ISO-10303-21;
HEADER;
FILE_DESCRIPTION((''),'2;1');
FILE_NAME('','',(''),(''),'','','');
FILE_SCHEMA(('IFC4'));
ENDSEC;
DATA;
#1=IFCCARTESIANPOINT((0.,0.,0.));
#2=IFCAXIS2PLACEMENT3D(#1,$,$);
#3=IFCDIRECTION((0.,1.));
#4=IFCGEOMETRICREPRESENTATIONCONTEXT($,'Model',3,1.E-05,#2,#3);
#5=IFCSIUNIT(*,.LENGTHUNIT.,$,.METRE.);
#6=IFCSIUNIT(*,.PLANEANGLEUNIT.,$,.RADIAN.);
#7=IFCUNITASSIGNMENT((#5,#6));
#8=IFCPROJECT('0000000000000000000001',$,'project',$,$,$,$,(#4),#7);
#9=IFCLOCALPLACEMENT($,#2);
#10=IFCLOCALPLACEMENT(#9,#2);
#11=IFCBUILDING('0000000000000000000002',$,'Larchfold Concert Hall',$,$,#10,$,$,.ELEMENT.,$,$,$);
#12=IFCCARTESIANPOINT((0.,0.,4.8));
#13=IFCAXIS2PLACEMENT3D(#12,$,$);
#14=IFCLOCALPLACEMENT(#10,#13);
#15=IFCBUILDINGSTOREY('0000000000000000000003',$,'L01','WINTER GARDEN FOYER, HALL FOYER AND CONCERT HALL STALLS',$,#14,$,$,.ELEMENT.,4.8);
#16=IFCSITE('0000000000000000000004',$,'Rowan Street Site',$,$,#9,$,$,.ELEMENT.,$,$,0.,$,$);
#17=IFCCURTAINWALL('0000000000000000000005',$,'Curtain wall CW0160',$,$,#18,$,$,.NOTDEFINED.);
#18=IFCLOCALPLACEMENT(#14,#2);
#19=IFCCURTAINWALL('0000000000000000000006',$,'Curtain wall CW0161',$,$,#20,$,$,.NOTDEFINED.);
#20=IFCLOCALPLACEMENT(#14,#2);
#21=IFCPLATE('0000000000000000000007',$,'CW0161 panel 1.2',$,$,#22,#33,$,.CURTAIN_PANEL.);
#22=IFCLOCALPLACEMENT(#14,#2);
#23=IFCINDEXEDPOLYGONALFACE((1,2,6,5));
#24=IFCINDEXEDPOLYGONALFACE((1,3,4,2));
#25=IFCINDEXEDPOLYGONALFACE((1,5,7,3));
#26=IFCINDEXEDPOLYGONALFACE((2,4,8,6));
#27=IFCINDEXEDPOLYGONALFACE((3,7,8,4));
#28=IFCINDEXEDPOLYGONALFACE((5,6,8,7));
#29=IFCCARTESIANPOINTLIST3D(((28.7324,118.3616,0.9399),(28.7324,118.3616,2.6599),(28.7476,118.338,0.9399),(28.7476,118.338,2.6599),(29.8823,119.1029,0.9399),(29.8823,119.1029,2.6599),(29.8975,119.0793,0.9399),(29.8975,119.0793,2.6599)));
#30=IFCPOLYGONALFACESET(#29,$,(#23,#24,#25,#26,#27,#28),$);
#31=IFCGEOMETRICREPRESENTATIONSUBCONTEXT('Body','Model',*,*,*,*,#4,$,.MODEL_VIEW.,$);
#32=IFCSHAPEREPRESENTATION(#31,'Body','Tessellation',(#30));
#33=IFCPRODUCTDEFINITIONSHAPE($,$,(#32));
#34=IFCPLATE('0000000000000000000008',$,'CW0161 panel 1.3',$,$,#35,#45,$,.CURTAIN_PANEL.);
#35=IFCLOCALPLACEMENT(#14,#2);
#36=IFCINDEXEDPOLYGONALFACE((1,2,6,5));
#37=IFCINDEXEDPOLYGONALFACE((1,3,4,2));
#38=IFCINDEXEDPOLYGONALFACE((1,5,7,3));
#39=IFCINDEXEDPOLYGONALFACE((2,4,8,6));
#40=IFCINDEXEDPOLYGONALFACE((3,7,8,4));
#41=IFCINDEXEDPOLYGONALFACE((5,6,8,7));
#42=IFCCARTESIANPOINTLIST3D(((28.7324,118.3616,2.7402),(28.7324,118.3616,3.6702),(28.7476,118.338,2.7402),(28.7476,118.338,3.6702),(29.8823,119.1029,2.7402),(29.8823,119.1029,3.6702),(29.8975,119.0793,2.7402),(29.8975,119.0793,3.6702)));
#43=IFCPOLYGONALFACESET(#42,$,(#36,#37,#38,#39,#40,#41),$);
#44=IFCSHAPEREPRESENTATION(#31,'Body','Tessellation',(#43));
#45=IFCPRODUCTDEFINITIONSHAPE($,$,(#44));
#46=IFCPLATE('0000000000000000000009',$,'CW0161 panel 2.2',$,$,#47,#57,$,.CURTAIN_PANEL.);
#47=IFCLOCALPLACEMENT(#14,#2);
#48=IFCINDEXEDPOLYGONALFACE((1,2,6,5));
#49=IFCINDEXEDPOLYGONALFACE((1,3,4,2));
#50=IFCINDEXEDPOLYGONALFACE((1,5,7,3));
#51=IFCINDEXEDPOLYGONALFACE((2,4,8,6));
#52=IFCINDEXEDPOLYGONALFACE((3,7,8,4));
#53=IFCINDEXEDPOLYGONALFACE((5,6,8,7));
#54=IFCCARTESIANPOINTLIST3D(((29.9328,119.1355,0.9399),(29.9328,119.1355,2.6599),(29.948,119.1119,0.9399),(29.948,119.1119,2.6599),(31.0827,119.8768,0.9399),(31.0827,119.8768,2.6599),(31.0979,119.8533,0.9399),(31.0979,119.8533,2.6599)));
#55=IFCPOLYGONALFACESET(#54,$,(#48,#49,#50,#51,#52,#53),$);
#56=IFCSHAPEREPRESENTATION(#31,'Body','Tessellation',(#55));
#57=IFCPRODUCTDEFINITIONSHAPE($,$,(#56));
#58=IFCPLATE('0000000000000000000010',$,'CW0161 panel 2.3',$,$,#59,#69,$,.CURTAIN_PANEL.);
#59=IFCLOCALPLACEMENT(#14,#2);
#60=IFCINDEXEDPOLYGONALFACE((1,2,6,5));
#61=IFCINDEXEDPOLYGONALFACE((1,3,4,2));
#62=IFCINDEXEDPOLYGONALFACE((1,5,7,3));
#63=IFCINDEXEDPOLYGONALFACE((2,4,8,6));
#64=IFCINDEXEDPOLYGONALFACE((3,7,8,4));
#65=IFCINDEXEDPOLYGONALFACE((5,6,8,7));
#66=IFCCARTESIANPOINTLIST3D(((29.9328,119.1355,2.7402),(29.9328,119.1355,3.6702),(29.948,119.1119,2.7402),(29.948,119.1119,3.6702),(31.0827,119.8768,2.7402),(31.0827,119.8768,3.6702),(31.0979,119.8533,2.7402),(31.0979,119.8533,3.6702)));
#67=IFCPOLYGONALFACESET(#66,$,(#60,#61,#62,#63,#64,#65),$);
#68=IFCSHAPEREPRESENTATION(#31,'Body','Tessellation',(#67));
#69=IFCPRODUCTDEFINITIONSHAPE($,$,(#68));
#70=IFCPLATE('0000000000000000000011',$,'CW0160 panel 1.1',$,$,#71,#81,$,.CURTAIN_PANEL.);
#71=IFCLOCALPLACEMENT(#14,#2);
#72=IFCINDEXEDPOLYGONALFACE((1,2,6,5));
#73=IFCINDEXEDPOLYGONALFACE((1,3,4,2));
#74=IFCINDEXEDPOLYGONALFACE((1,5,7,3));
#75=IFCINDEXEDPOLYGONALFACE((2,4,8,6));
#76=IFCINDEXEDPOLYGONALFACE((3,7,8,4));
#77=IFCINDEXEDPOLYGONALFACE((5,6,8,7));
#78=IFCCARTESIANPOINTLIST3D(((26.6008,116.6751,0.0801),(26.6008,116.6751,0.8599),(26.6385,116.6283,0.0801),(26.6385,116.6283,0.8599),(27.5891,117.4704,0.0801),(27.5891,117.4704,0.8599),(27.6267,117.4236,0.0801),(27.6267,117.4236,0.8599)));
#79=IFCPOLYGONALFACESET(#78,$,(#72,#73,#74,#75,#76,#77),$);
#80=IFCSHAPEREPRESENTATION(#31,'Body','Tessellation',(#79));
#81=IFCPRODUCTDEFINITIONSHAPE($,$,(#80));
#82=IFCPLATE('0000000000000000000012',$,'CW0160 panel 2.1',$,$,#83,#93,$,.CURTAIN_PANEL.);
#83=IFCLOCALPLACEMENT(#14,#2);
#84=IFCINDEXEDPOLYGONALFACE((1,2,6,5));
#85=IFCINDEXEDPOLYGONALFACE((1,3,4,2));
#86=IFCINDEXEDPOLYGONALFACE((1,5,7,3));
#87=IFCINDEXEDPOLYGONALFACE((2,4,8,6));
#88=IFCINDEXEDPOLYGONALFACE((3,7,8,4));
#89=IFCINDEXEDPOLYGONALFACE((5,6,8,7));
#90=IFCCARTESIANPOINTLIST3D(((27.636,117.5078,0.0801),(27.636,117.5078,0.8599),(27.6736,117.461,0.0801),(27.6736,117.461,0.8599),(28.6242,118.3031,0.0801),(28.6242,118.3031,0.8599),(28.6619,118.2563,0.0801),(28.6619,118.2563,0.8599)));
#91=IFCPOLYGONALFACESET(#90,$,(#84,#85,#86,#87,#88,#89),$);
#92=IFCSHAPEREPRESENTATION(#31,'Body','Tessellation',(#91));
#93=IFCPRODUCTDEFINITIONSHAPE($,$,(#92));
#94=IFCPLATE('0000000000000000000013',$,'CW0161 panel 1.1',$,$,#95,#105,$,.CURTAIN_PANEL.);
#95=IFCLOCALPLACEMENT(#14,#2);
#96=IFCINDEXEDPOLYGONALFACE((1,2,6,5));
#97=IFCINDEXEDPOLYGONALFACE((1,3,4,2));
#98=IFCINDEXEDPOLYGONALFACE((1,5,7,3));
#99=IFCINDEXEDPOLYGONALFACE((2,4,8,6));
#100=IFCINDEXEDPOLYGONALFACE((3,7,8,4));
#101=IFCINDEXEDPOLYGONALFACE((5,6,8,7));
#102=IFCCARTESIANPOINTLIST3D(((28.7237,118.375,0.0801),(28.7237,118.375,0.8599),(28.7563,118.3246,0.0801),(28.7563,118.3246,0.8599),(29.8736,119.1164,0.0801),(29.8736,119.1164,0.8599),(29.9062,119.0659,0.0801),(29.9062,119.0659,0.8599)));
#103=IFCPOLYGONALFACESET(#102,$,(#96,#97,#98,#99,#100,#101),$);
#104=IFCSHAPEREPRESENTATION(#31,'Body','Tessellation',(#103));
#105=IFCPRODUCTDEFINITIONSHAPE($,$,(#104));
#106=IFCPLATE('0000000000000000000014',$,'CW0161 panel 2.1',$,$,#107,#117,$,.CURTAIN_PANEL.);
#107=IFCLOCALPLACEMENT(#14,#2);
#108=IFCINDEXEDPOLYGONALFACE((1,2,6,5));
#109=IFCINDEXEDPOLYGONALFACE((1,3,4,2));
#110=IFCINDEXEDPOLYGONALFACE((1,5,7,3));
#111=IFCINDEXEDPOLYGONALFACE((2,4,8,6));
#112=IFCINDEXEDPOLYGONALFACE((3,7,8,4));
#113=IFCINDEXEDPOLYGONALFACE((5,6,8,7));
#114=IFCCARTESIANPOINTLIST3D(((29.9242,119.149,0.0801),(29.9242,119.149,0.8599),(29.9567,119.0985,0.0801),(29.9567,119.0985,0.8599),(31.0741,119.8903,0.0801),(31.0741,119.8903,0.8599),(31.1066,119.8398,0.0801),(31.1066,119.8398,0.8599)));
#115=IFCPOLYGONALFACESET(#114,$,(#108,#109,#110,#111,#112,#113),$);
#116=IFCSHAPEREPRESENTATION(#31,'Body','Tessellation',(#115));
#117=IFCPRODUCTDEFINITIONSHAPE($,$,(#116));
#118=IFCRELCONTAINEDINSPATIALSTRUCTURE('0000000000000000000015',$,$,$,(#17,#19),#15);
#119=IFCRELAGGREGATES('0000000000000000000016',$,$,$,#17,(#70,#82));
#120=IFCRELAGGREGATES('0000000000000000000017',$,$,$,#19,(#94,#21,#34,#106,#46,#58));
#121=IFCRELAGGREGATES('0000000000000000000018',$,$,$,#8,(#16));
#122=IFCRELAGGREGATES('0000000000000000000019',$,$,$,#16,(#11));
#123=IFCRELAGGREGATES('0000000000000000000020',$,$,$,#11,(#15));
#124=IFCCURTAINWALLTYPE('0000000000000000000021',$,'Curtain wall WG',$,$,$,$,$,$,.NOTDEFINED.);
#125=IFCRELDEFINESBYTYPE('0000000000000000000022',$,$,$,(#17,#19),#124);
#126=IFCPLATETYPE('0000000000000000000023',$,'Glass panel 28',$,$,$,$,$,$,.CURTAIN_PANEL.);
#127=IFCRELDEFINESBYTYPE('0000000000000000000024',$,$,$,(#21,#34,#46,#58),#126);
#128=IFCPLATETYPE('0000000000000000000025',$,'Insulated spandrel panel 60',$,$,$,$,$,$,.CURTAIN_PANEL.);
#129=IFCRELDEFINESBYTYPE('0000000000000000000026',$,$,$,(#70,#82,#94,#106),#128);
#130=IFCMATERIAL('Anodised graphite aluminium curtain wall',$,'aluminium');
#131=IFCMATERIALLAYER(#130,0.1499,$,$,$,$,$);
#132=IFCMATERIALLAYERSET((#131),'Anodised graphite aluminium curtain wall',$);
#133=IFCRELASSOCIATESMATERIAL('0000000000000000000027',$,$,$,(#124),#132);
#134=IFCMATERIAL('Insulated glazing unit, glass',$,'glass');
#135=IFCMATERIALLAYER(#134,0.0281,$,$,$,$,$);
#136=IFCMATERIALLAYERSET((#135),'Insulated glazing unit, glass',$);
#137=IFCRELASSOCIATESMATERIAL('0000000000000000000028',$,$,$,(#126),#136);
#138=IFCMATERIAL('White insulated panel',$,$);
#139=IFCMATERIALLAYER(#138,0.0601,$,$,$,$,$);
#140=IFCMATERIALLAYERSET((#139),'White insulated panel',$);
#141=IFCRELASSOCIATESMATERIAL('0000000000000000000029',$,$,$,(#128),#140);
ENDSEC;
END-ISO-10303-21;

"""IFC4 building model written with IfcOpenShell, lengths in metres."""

from ifc_helpers import new_model, si_unit, direction, frame, origin, origin_2d, place, context, subcontext, project, spatial, rectangle, extrude, material, layer, layer_set, type_object, element, aggregate, save


model = new_model("IFC4")

# Units and contexts
model_context = context("Model", 3, precision=1e-05, world=origin(), true_north=direction((0.0, 1.0)))
body_context = subcontext(model_context, "Body", "Model", "MODEL_VIEW")
ifc_project = project(units=[si_unit("LENGTHUNIT", "METRE"), si_unit("PLANEANGLEUNIT", "RADIAN")], contexts=[model_context])

# Site, building, storey
site_placement = place(None, origin())
site = spatial("IfcSite", under=ifc_project, at=site_placement, Name="Rowan Street Site", CompositionType="ELEMENT", RefElevation=0.0)
building_placement = place(site_placement, origin())
building = spatial("IfcBuilding", under=site, at=building_placement, Name="Larchfold Concert Hall", CompositionType="ELEMENT")
storey_placement = place(building_placement, frame((0.0, 0.0, 4.8)))
storey = spatial("IfcBuildingStorey", under=building, at=storey_placement, Name="L01", Description="WINTER GARDEN FOYER, HALL FOYER AND CONCERT HALL STALLS", CompositionType="ELEMENT", Elevation=4.8)

# Curtain walls
ifc_material_1 = material(Name="Anodised graphite aluminium curtain wall", Category="aluminium")
ifc_layer_1 = layer(ifc_material_1, 0.1499)
ifc_layer_set_1 = layer_set([ifc_layer_1], Name="Anodised graphite aluminium curtain wall")
curtain_wall_type = type_object("IfcCurtainWallType", Name="Curtain wall WG", PredefinedType="NOTDEFINED", material=ifc_layer_set_1)
curtain_wall_1_placement = place(storey_placement, origin())
curtain_wall_1 = element("IfcCurtainWall", 1, at=curtain_wall_1_placement, inside=storey, type_object=curtain_wall_type, Name="Curtain wall CW0160", PredefinedType="NOTDEFINED")
curtain_wall_2_placement = place(storey_placement, origin())
curtain_wall_2 = element("IfcCurtainWall", 2, at=curtain_wall_2_placement, inside=storey, type_object=curtain_wall_type, Name="Curtain wall CW0161", PredefinedType="NOTDEFINED")

# Plates
ifc_material_2 = material(Name="Insulated glazing unit, glass", Category="glass")
ifc_layer_2 = layer(ifc_material_2, 0.0281)
ifc_layer_set_2 = layer_set([ifc_layer_2], Name="Insulated glazing unit, glass")
plate_type_1 = type_object("IfcPlateType", Name="Glass panel 28", PredefinedType="CURTAIN_PANEL", material=ifc_layer_set_2)
plate_1_placement = place(storey_placement, frame((29.3149, 118.7205, 0.9399), z_axis=(0.0, 0.0, 1.0), x_axis=(0.840479, 0.541845, 0.0)))
plate_1 = element("IfcPlate", 3, at=plate_1_placement, type_object=plate_type_1, Name="CW0161 panel 1.2", PredefinedType="CURTAIN_PANEL", context=body_context, shape_type="SweptSolid", body=[
    extrude(rectangle(XDim=1.3682, YDim=0.0281, at=origin_2d()), origin(), (0.0, 0.0, 1.0), 1.72),
])
plate_2_placement = place(storey_placement, frame((29.3149, 118.7205, 2.7402), z_axis=(0.0, 0.0, 1.0), x_axis=(0.840479, 0.541845, 0.0)))
plate_2 = element("IfcPlate", 4, at=plate_2_placement, type_object=plate_type_1, Name="CW0161 panel 1.3", PredefinedType="CURTAIN_PANEL", context=body_context, shape_type="SweptSolid", body=[
    extrude(rectangle(XDim=1.3682, YDim=0.0281, at=origin_2d()), origin(), (0.0, 0.0, 1.0), 0.9299),
])
plate_3_placement = place(storey_placement, frame((30.5154, 119.4944, 0.9399), z_axis=(0.0, 0.0, 1.0), x_axis=(0.840479, 0.541845, 0.0)))
plate_3 = element("IfcPlate", 5, at=plate_3_placement, type_object=plate_type_1, Name="CW0161 panel 2.2", PredefinedType="CURTAIN_PANEL", context=body_context, shape_type="SweptSolid", body=[
    extrude(rectangle(XDim=1.3682, YDim=0.0281, at=origin_2d()), origin(), (0.0, 0.0, 1.0), 1.72),
])
plate_4_placement = place(storey_placement, frame((30.5154, 119.4944, 2.7402), z_axis=(0.0, 0.0, 1.0), x_axis=(0.840479, 0.541845, 0.0)))
plate_4 = element("IfcPlate", 6, at=plate_4_placement, type_object=plate_type_1, Name="CW0161 panel 2.3", PredefinedType="CURTAIN_PANEL", context=body_context, shape_type="SweptSolid", body=[
    extrude(rectangle(XDim=1.3682, YDim=0.0281, at=origin_2d()), origin(), (0.0, 0.0, 1.0), 0.9299),
])
ifc_material_3 = material(Name="White insulated panel")
ifc_layer_3 = layer(ifc_material_3, 0.0601)
ifc_layer_set_3 = layer_set([ifc_layer_3], Name="White insulated panel")
plate_type_2 = type_object("IfcPlateType", Name="Insulated spandrel panel 60", PredefinedType="CURTAIN_PANEL", material=ifc_layer_set_3)
plate_5_placement = place(storey_placement, frame((27.1138, 117.0493, 0.0801), z_axis=(0.0, 0.0, 1.0), x_axis=(0.779068, 0.626939, 0.0)))
plate_5 = element("IfcPlate", 7, at=plate_5_placement, type_object=plate_type_2, Name="CW0160 panel 1.1", PredefinedType="CURTAIN_PANEL", context=body_context, shape_type="SweptSolid", body=[
    extrude(rectangle(XDim=1.2686, YDim=0.0601, at=origin_2d()), origin(), (0.0, 0.0, 1.0), 0.7798),
])
plate_6_placement = place(storey_placement, frame((28.1489, 117.8821, 0.0801), z_axis=(0.0, 0.0, 1.0), x_axis=(0.779068, 0.626939, 0.0)))
plate_6 = element("IfcPlate", 8, at=plate_6_placement, type_object=plate_type_2, Name="CW0160 panel 2.1", PredefinedType="CURTAIN_PANEL", context=body_context, shape_type="SweptSolid", body=[
    extrude(rectangle(XDim=1.2686, YDim=0.0601, at=origin_2d()), origin(), (0.0, 0.0, 1.0), 0.7798),
])
aggregate(curtain_wall_1, [plate_5, plate_6])
plate_7_placement = place(storey_placement, frame((29.3149, 118.7205, 0.0801), z_axis=(0.0, 0.0, 1.0), x_axis=(0.840479, 0.541845, 0.0)))
plate_7 = element("IfcPlate", 9, at=plate_7_placement, type_object=plate_type_2, Name="CW0161 panel 1.1", PredefinedType="CURTAIN_PANEL", context=body_context, shape_type="SweptSolid", body=[
    extrude(rectangle(XDim=1.3682, YDim=0.0601, at=origin_2d()), origin(), (0.0, 0.0, 1.0), 0.7798),
])
plate_8_placement = place(storey_placement, frame((30.5154, 119.4944, 0.0801), z_axis=(0.0, 0.0, 1.0), x_axis=(0.840479, 0.541845, 0.0)))
plate_8 = element("IfcPlate", 10, at=plate_8_placement, type_object=plate_type_2, Name="CW0161 panel 2.1", PredefinedType="CURTAIN_PANEL", context=body_context, shape_type="SweptSolid", body=[
    extrude(rectangle(XDim=1.3682, YDim=0.0601, at=origin_2d()), origin(), (0.0, 0.0, 1.0), 0.7798),
])
aggregate(curtain_wall_2, [plate_7, plate_1, plate_2, plate_8, plate_3, plate_4])

save(model, "model.ifc")
